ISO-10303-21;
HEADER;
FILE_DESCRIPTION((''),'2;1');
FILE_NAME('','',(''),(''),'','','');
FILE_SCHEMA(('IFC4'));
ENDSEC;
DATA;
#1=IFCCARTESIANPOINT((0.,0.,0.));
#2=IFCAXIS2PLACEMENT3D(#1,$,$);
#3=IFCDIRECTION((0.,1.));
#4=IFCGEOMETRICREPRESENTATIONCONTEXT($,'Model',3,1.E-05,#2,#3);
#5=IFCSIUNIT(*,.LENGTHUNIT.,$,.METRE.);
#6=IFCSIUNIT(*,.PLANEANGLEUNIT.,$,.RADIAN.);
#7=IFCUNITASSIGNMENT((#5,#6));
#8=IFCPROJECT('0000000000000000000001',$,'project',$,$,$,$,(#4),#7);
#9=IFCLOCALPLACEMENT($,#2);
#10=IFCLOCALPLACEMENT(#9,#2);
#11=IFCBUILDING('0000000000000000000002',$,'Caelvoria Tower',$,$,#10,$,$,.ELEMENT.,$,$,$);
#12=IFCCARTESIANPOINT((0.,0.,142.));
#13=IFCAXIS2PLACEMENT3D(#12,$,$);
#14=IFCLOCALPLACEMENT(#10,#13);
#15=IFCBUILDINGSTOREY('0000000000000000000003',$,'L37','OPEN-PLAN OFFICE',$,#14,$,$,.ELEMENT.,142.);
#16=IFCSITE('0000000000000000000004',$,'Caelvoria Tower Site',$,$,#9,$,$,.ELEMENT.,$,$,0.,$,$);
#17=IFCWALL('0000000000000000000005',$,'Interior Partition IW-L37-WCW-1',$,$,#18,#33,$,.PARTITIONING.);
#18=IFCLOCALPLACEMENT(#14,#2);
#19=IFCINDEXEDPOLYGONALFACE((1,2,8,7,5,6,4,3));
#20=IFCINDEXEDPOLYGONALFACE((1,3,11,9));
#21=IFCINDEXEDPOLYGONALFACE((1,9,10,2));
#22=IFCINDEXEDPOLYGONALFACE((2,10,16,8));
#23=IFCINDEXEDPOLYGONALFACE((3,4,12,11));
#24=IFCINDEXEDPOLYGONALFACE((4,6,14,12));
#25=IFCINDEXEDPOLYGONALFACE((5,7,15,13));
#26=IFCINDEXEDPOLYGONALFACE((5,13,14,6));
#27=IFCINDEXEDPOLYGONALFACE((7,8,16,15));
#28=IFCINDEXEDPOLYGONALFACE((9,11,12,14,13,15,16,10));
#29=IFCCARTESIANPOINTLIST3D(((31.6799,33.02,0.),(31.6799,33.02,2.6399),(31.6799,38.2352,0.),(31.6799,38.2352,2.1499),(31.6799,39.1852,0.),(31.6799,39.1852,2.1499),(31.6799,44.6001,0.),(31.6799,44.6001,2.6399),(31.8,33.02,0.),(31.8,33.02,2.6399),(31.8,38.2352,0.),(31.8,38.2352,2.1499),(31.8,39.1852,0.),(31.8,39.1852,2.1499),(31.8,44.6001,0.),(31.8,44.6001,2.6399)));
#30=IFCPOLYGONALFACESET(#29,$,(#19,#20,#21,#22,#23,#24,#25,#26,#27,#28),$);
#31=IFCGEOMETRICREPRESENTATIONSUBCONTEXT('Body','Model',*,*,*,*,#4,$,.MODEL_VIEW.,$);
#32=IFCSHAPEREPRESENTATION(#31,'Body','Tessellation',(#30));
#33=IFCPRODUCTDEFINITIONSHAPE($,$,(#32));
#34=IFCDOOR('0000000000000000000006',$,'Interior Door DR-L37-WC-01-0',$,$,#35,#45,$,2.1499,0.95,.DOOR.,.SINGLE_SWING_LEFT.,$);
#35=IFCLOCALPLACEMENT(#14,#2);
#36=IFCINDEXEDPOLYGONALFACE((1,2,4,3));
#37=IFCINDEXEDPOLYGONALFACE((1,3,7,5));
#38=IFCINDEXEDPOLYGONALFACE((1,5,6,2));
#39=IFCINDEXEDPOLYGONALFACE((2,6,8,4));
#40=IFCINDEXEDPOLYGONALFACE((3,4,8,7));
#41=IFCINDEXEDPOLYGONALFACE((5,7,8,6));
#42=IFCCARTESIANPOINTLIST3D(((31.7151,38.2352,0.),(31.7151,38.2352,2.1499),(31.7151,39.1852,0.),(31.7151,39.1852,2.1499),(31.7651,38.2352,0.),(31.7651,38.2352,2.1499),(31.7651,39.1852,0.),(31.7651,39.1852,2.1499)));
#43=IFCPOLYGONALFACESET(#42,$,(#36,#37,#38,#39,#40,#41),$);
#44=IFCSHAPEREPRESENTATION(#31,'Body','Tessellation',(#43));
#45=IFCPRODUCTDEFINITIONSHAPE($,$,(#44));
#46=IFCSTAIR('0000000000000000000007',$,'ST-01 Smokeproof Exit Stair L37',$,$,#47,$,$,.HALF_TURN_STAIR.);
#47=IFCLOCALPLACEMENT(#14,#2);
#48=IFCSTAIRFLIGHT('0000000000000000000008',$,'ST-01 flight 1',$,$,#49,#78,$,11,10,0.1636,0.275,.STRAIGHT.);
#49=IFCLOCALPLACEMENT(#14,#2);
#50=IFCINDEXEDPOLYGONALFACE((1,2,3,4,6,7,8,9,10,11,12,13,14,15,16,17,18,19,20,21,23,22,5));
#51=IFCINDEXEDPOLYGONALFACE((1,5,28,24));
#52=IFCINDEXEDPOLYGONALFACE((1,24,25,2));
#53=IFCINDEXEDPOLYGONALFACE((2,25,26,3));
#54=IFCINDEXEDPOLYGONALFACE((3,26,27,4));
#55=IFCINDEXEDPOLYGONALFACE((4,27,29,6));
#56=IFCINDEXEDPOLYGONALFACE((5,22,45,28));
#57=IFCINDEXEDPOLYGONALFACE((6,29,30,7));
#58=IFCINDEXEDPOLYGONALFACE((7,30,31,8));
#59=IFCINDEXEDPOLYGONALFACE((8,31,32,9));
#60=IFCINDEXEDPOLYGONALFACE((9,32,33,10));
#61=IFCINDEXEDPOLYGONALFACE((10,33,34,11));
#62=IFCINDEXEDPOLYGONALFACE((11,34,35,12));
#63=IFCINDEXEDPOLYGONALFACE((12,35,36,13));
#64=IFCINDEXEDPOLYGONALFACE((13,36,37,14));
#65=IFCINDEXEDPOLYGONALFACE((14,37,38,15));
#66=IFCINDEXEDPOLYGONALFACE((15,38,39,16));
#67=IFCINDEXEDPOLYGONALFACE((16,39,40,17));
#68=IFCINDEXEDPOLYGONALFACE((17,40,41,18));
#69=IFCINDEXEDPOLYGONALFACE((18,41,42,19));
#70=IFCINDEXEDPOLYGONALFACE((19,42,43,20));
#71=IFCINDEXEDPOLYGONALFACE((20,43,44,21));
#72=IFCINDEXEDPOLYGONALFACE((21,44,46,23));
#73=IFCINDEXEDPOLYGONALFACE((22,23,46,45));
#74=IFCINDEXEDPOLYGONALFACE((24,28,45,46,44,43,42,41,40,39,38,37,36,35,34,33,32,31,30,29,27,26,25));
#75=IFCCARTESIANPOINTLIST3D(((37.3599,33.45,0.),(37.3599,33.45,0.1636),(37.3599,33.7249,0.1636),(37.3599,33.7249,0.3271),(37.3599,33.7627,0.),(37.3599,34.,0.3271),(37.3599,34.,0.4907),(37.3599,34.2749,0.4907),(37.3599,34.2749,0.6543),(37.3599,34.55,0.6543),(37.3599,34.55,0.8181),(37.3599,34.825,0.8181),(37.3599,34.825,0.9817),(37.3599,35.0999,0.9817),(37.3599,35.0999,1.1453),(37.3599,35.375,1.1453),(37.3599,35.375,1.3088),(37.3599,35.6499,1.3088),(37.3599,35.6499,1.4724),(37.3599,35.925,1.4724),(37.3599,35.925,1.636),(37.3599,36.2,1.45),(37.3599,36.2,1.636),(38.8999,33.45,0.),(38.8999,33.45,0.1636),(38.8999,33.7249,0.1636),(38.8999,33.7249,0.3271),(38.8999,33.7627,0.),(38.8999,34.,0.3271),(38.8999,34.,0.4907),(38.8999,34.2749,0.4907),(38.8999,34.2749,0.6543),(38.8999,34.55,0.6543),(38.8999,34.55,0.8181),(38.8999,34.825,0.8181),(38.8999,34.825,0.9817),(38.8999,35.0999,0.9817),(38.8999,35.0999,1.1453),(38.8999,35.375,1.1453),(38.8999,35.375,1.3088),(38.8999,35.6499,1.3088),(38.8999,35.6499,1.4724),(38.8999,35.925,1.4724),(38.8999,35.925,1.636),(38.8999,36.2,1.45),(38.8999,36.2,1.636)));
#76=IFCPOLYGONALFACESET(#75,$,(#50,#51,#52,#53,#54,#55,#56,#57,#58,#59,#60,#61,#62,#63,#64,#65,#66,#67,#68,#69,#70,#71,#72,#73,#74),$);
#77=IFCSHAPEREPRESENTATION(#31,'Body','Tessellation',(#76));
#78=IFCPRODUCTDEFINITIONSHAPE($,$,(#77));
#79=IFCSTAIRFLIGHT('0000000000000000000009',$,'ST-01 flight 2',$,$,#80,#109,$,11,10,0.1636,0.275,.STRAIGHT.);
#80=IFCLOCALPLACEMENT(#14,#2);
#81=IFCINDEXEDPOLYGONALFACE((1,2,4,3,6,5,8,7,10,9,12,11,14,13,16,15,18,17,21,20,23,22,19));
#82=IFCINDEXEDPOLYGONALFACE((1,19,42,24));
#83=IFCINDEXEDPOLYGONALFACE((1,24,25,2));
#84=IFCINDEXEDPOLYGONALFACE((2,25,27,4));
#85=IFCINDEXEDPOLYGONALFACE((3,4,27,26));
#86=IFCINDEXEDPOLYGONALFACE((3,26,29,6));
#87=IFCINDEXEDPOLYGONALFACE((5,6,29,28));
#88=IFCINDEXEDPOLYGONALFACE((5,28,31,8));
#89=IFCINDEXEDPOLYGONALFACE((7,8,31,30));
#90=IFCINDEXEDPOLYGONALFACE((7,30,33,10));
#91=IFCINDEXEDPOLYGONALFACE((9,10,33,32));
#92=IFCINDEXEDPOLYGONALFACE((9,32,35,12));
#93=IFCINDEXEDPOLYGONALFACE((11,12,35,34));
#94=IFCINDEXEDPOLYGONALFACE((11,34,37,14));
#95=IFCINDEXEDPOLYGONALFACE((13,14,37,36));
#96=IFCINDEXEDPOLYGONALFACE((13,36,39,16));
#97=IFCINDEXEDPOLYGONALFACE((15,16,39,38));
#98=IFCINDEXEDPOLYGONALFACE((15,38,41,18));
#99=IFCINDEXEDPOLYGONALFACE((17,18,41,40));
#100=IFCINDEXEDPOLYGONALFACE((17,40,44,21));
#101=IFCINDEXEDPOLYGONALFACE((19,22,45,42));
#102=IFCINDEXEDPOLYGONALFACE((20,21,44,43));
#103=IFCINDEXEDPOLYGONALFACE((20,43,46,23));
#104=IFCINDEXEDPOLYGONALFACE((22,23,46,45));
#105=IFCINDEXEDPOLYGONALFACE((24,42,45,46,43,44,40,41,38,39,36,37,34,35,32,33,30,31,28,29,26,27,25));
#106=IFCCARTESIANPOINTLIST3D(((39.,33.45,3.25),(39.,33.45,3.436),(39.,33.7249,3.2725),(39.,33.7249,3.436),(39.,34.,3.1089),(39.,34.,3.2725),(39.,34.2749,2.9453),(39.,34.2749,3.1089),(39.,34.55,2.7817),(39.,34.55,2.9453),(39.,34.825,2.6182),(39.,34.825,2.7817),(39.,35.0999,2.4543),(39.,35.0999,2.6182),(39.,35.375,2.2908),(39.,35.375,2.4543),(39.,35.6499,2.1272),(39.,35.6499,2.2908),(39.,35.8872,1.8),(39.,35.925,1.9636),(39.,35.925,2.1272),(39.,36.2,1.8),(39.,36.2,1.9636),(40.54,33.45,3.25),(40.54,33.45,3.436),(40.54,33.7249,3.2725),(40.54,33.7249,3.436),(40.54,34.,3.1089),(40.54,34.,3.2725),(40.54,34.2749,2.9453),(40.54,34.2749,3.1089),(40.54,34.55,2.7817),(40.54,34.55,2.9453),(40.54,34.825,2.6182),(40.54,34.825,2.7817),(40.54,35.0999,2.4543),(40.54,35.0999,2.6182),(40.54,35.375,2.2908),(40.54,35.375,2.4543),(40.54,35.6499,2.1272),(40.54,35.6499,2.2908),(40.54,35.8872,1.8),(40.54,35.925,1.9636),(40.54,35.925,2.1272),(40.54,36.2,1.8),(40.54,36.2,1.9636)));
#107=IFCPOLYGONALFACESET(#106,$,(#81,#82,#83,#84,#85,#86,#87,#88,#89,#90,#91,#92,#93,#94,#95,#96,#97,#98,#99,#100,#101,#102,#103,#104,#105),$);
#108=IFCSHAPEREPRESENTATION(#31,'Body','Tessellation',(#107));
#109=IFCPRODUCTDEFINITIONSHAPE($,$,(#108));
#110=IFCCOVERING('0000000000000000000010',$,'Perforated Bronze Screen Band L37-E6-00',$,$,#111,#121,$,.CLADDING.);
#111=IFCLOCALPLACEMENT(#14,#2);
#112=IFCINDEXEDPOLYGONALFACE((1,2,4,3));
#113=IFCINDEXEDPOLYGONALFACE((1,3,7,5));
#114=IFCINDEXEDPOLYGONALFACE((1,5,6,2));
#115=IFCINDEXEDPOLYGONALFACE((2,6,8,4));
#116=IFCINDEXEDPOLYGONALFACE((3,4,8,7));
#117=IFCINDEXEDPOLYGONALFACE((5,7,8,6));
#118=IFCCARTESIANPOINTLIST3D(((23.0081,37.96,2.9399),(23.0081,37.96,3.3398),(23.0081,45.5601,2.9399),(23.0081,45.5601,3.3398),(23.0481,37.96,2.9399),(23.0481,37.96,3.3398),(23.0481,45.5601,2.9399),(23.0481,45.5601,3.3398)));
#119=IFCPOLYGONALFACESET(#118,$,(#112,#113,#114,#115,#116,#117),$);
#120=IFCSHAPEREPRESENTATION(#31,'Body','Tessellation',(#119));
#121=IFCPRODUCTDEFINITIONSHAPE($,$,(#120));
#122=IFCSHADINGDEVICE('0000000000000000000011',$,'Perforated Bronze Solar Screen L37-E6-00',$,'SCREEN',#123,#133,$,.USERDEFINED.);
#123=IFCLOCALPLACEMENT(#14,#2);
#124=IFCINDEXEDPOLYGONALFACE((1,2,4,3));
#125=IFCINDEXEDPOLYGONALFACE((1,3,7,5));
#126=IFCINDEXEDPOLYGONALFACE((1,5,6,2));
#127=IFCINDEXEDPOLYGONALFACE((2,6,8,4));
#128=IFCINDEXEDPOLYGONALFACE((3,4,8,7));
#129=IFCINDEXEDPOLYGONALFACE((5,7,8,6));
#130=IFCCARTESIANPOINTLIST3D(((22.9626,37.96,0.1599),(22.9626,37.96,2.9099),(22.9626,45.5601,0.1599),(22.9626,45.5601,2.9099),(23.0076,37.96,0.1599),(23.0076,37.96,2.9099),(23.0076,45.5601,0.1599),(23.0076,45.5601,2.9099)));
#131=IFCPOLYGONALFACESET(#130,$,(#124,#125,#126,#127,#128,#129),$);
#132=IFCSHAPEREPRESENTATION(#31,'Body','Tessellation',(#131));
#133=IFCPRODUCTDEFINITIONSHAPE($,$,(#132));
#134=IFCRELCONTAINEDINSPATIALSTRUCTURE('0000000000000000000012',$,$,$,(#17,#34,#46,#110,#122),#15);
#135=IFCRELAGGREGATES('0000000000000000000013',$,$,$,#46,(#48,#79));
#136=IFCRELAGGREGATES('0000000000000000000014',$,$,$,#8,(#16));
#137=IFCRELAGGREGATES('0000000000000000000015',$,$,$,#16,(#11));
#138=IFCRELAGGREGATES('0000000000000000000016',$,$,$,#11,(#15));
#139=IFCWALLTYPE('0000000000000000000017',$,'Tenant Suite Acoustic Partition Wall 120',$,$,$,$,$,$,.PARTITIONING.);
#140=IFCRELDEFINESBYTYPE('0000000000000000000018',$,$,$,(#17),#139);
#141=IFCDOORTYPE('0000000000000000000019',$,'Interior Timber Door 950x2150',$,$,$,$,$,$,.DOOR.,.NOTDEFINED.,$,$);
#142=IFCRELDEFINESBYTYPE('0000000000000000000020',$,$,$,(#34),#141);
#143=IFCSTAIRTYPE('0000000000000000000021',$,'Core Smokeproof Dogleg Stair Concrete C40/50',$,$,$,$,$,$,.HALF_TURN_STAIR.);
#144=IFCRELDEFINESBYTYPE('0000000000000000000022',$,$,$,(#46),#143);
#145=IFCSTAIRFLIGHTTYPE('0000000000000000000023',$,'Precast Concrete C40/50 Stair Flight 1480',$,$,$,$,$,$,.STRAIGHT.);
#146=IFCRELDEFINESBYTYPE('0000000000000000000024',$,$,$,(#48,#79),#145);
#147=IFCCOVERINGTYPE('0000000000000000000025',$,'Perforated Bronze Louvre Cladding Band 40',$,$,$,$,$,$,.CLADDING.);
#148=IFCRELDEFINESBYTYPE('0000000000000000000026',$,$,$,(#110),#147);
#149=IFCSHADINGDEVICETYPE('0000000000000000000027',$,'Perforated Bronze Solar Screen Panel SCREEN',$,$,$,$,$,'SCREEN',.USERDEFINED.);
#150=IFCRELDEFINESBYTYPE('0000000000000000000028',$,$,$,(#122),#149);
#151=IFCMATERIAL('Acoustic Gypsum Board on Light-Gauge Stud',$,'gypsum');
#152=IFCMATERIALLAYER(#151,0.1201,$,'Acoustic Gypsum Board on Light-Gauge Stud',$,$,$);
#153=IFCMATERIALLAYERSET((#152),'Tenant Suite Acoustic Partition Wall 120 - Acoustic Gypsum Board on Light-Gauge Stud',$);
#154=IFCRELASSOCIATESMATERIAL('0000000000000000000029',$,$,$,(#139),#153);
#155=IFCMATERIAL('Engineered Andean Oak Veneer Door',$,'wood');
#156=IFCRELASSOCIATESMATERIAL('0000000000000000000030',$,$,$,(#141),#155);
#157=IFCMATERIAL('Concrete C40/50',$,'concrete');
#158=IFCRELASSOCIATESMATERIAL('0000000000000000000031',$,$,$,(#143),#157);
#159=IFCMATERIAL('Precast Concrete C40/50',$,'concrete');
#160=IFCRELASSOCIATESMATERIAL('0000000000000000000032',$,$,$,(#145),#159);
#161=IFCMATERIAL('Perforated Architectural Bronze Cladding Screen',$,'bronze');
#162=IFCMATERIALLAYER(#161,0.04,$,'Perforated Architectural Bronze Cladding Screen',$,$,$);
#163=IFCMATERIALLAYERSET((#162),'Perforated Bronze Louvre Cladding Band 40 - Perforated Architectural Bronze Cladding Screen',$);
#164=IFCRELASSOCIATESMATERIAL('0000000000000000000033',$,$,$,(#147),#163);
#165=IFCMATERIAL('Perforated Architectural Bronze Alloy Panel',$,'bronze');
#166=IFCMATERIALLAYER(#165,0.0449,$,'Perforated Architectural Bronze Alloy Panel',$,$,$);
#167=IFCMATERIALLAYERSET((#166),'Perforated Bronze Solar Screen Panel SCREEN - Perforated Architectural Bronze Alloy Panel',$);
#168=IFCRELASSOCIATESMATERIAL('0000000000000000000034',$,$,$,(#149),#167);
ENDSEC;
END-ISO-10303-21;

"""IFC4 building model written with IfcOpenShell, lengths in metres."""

from ifc_helpers import new_model, si_unit, direction, frame, frame_2d, origin, origin_2d, place, context, subcontext, project, spatial, polyline, rectangle, outline, extrude, material, layer, layer_set, type_object, element, fill, aggregate, save


model = new_model("IFC4")

# Units and contexts
model_context = context("Model", 3, precision=1e-05, world=origin(), true_north=direction((0.0, 1.0)))
body_context = subcontext(model_context, "Body", "Model", "MODEL_VIEW")
ifc_project = project(units=[si_unit("LENGTHUNIT", "METRE"), si_unit("PLANEANGLEUNIT", "RADIAN")], contexts=[model_context])

# Site, building, storey
site_placement = place(None, origin())
site = spatial("IfcSite", under=ifc_project, at=site_placement, Name="Caelvoria Tower Site", CompositionType="ELEMENT", RefElevation=0.0)
building_placement = place(site_placement, origin())
building = spatial("IfcBuilding", under=site, at=building_placement, Name="Caelvoria Tower", CompositionType="ELEMENT")
storey_placement = place(building_placement, frame((0.0, 0.0, 142.0)))
storey = spatial("IfcBuildingStorey", under=building, at=storey_placement, Name="L37", Description="OPEN-PLAN OFFICE", CompositionType="ELEMENT", Elevation=142.0)

# Wall, opening, door
ifc_material_1 = material(Name="Acoustic Gypsum Board on Light-Gauge Stud", Category="gypsum")
ifc_layer_1 = layer(ifc_material_1, 0.1201, Name="Acoustic Gypsum Board on Light-Gauge Stud")
ifc_layer_set_1 = layer_set([ifc_layer_1], Name="Tenant Suite Acoustic Partition Wall 120 - Acoustic Gypsum Board on Light-Gauge Stud")
wall_type_1 = type_object("IfcWallType", Name="Tenant Suite Acoustic Partition Wall 120", PredefinedType="PARTITIONING", material=ifc_layer_set_1)
ifc_material_2 = material(Name="Engineered Andean Oak Veneer Door", Category="wood")
wall_1_placement = place(storey_placement, frame((31.74, 33.02, 0.0), z_axis=(0.0, 0.0, 1.0), x_axis=(0.0, 1.0, 0.0)))
wall_1 = element("IfcWall", 1, at=wall_1_placement, inside=storey, type_object=wall_type_1, Name="Interior Partition IW-L37-WCW-1", PredefinedType="PARTITIONING", context=body_context, shape_type="SweptSolid", body=[
    extrude(rectangle(XDim=11.5801, YDim=0.1201, at=frame_2d((5.79, 0.0))), origin(), (0.0, 0.0, 1.0), 2.6399),
])
opening_1_placement = place(wall_1_placement, frame((5.2151, 0.0, 0.0)))
opening_1 = element("IfcOpeningElement", 2, at=opening_1_placement, cuts=wall_1, PredefinedType="OPENING", context=body_context, shape_type="SweptSolid", body=[
    extrude(rectangle(XDim=0.95, YDim=2.1499, at=frame_2d((0.4751, 1.075))), frame((0.0, 0.0701, 0.0), z_axis=(0.0, -1.0, 0.0), x_axis=(1.0, 0.0, 0.0)), (0.0, 0.0, 1.0), 0.1401),
])
door_type_1 = type_object("IfcDoorType", Name="Interior Timber Door 950x2150", OperationType="NOTDEFINED", PredefinedType="DOOR", material=ifc_material_2)
door_1_placement = place(opening_1_placement, origin())
door_1 = element("IfcDoor", 3, at=door_1_placement, inside=storey, type_object=door_type_1, Name="Interior Door DR-L37-WC-01-0", OperationType="SINGLE_SWING_LEFT", OverallHeight=2.1499, OverallWidth=0.95, PredefinedType="DOOR", context=body_context, shape_type="SweptSolid", body=[
    extrude(rectangle(XDim=0.95, YDim=2.1499, at=frame_2d((0.4751, 1.075))), frame((0.0, 0.0249, 0.0), z_axis=(0.0, -1.0, 0.0), x_axis=(1.0, 0.0, 0.0)), (0.0, 0.0, 1.0), 0.05),
])
fill(opening_1, door_1)

# Stair, stair flights
ifc_material_3 = material(Name="Concrete C40/50", Category="concrete")
stair_type = type_object("IfcStairType", Name="Core Smokeproof Dogleg Stair Concrete C40/50", PredefinedType="HALF_TURN_STAIR", material=ifc_material_3)
stair_placement = place(storey_placement, origin())
stair = element("IfcStair", 4, at=stair_placement, inside=storey, type_object=stair_type, Name="ST-01 Smokeproof Exit Stair L37", PredefinedType="HALF_TURN_STAIR")
ifc_material_4 = material(Name="Precast Concrete C40/50", Category="concrete")
stair_flight_type = type_object("IfcStairFlightType", Name="Precast Concrete C40/50 Stair Flight 1480", PredefinedType="STRAIGHT", material=ifc_material_4)
stair_flight_1_placement = place(storey_placement, frame((38.1299, 33.45, 0.0), z_axis=(0.0, 0.0, 1.0), x_axis=(0.0, 1.0, 0.0)))
stair_flight_1 = element("IfcStairFlight", 5, at=stair_flight_1_placement, type_object=stair_flight_type, Name="ST-01 flight 1", NumberOfRisers=11, NumberOfTreads=10, PredefinedType="STRAIGHT", RiserHeight=0.1636, TreadLength=0.275, context=body_context, shape_type="SweptSolid", body=[
    extrude(outline(polyline([(0.0, 0.0), (0.0, 0.1636), (0.2749, 0.1636), (0.2749, 0.3271), (0.55, 0.3271), (0.55, 0.4907), (0.825, 0.4907), (0.825, 0.6543), (1.1001, 0.6543), (1.1001, 0.8181), (1.375, 0.8181), (1.375, 0.9817), (1.6499, 0.9817), (1.6499, 1.1453), (1.925, 1.1453), (1.925, 1.3088), (2.2, 1.3088), (2.2, 1.4724), (2.4751, 1.4724), (2.4751, 1.636), (2.75, 1.636), (2.75, 1.7996), (2.75, 1.45), (0.3127, 0.0), (0.0, 0.0)])), frame((0.0, 0.77, 0.0), z_axis=(0.0, -1.0, 0.0), x_axis=(1.0, 0.0, 0.0)), (0.0, 0.0, 1.0), 1.54),
])
stair_flight_2_placement = place(storey_placement, frame((39.77, 36.2, 1.8), z_axis=(0.0, 0.0, 1.0), x_axis=(0.0, -1.0, 0.0)))
stair_flight_2 = element("IfcStairFlight", 6, at=stair_flight_2_placement, type_object=stair_flight_type, Name="ST-01 flight 2", NumberOfRisers=11, NumberOfTreads=10, PredefinedType="STRAIGHT", RiserHeight=0.1636, TreadLength=0.275, context=body_context, shape_type="SweptSolid", body=[
    extrude(outline(polyline([(0.0, 0.0), (0.0, 0.1636), (0.2749, 0.1636), (0.2749, 0.3271), (0.55, 0.3271), (0.55, 0.4907), (0.825, 0.4907), (0.825, 0.6543), (1.1001, 0.6543), (1.1001, 0.8181), (1.375, 0.8181), (1.375, 0.9817), (1.6499, 0.9817), (1.6499, 1.1453), (1.925, 1.1453), (1.925, 1.3088), (2.2, 1.3088), (2.2, 1.4724), (2.4751, 1.4724), (2.4751, 1.636), (2.75, 1.636), (2.75, 1.7996), (2.75, 1.45), (0.3127, 0.0), (0.0, 0.0)])), frame((0.0, 0.77, 0.0), z_axis=(0.0, -1.0, 0.0), x_axis=(1.0, 0.0, 0.0)), (0.0, 0.0, 1.0), 1.54),
])
aggregate(stair, [stair_flight_1, stair_flight_2])

# Covering
ifc_material_5 = material(Name="Perforated Architectural Bronze Cladding Screen", Category="bronze")
ifc_layer_2 = layer(ifc_material_5, 0.04, Name="Perforated Architectural Bronze Cladding Screen")
ifc_layer_set_2 = layer_set([ifc_layer_2], Name="Perforated Bronze Louvre Cladding Band 40 - Perforated Architectural Bronze Cladding Screen")
covering_type = type_object("IfcCoveringType", Name="Perforated Bronze Louvre Cladding Band 40", PredefinedType="CLADDING", material=ifc_layer_set_2)
covering_placement = place(storey_placement, frame((23.0281, 41.76, 2.9399), z_axis=(0.0, 0.0, 1.0), x_axis=(0.0, -1.0, 0.0)))
element("IfcCovering", 7, at=covering_placement, inside=storey, type_object=covering_type, Name="Perforated Bronze Screen Band L37-E6-00", PredefinedType="CLADDING", context=body_context, shape_type="SweptSolid", body=[
    extrude(rectangle(XDim=7.6001, YDim=0.04, at=origin_2d()), origin(), (0.0, 0.0, 1.0), 0.3999),
])

# Shading device
ifc_material_6 = material(Name="Perforated Architectural Bronze Alloy Panel", Category="bronze")
ifc_layer_3 = layer(ifc_material_6, 0.0449, Name="Perforated Architectural Bronze Alloy Panel")
ifc_layer_set_3 = layer_set([ifc_layer_3], Name="Perforated Bronze Solar Screen Panel SCREEN - Perforated Architectural Bronze Alloy Panel")
shading_device_type = type_object("IfcShadingDeviceType", Name="Perforated Bronze Solar Screen Panel SCREEN", ElementType="SCREEN", PredefinedType="USERDEFINED", material=ifc_layer_set_3)
shading_device_placement = place(storey_placement, frame((22.9851, 41.76, 0.1599), z_axis=(0.0, 0.0, 1.0), x_axis=(0.0, -1.0, 0.0)))
element("IfcShadingDevice", 8, at=shading_device_placement, inside=storey, type_object=shading_device_type, Name="Perforated Bronze Solar Screen L37-E6-00", ObjectType="SCREEN", PredefinedType="USERDEFINED", context=body_context, shape_type="SweptSolid", body=[
    extrude(rectangle(XDim=7.6001, YDim=0.0449, at=origin_2d()), origin(), (0.0, 0.0, 1.0), 2.75),
])

save(model, "model.ifc")
